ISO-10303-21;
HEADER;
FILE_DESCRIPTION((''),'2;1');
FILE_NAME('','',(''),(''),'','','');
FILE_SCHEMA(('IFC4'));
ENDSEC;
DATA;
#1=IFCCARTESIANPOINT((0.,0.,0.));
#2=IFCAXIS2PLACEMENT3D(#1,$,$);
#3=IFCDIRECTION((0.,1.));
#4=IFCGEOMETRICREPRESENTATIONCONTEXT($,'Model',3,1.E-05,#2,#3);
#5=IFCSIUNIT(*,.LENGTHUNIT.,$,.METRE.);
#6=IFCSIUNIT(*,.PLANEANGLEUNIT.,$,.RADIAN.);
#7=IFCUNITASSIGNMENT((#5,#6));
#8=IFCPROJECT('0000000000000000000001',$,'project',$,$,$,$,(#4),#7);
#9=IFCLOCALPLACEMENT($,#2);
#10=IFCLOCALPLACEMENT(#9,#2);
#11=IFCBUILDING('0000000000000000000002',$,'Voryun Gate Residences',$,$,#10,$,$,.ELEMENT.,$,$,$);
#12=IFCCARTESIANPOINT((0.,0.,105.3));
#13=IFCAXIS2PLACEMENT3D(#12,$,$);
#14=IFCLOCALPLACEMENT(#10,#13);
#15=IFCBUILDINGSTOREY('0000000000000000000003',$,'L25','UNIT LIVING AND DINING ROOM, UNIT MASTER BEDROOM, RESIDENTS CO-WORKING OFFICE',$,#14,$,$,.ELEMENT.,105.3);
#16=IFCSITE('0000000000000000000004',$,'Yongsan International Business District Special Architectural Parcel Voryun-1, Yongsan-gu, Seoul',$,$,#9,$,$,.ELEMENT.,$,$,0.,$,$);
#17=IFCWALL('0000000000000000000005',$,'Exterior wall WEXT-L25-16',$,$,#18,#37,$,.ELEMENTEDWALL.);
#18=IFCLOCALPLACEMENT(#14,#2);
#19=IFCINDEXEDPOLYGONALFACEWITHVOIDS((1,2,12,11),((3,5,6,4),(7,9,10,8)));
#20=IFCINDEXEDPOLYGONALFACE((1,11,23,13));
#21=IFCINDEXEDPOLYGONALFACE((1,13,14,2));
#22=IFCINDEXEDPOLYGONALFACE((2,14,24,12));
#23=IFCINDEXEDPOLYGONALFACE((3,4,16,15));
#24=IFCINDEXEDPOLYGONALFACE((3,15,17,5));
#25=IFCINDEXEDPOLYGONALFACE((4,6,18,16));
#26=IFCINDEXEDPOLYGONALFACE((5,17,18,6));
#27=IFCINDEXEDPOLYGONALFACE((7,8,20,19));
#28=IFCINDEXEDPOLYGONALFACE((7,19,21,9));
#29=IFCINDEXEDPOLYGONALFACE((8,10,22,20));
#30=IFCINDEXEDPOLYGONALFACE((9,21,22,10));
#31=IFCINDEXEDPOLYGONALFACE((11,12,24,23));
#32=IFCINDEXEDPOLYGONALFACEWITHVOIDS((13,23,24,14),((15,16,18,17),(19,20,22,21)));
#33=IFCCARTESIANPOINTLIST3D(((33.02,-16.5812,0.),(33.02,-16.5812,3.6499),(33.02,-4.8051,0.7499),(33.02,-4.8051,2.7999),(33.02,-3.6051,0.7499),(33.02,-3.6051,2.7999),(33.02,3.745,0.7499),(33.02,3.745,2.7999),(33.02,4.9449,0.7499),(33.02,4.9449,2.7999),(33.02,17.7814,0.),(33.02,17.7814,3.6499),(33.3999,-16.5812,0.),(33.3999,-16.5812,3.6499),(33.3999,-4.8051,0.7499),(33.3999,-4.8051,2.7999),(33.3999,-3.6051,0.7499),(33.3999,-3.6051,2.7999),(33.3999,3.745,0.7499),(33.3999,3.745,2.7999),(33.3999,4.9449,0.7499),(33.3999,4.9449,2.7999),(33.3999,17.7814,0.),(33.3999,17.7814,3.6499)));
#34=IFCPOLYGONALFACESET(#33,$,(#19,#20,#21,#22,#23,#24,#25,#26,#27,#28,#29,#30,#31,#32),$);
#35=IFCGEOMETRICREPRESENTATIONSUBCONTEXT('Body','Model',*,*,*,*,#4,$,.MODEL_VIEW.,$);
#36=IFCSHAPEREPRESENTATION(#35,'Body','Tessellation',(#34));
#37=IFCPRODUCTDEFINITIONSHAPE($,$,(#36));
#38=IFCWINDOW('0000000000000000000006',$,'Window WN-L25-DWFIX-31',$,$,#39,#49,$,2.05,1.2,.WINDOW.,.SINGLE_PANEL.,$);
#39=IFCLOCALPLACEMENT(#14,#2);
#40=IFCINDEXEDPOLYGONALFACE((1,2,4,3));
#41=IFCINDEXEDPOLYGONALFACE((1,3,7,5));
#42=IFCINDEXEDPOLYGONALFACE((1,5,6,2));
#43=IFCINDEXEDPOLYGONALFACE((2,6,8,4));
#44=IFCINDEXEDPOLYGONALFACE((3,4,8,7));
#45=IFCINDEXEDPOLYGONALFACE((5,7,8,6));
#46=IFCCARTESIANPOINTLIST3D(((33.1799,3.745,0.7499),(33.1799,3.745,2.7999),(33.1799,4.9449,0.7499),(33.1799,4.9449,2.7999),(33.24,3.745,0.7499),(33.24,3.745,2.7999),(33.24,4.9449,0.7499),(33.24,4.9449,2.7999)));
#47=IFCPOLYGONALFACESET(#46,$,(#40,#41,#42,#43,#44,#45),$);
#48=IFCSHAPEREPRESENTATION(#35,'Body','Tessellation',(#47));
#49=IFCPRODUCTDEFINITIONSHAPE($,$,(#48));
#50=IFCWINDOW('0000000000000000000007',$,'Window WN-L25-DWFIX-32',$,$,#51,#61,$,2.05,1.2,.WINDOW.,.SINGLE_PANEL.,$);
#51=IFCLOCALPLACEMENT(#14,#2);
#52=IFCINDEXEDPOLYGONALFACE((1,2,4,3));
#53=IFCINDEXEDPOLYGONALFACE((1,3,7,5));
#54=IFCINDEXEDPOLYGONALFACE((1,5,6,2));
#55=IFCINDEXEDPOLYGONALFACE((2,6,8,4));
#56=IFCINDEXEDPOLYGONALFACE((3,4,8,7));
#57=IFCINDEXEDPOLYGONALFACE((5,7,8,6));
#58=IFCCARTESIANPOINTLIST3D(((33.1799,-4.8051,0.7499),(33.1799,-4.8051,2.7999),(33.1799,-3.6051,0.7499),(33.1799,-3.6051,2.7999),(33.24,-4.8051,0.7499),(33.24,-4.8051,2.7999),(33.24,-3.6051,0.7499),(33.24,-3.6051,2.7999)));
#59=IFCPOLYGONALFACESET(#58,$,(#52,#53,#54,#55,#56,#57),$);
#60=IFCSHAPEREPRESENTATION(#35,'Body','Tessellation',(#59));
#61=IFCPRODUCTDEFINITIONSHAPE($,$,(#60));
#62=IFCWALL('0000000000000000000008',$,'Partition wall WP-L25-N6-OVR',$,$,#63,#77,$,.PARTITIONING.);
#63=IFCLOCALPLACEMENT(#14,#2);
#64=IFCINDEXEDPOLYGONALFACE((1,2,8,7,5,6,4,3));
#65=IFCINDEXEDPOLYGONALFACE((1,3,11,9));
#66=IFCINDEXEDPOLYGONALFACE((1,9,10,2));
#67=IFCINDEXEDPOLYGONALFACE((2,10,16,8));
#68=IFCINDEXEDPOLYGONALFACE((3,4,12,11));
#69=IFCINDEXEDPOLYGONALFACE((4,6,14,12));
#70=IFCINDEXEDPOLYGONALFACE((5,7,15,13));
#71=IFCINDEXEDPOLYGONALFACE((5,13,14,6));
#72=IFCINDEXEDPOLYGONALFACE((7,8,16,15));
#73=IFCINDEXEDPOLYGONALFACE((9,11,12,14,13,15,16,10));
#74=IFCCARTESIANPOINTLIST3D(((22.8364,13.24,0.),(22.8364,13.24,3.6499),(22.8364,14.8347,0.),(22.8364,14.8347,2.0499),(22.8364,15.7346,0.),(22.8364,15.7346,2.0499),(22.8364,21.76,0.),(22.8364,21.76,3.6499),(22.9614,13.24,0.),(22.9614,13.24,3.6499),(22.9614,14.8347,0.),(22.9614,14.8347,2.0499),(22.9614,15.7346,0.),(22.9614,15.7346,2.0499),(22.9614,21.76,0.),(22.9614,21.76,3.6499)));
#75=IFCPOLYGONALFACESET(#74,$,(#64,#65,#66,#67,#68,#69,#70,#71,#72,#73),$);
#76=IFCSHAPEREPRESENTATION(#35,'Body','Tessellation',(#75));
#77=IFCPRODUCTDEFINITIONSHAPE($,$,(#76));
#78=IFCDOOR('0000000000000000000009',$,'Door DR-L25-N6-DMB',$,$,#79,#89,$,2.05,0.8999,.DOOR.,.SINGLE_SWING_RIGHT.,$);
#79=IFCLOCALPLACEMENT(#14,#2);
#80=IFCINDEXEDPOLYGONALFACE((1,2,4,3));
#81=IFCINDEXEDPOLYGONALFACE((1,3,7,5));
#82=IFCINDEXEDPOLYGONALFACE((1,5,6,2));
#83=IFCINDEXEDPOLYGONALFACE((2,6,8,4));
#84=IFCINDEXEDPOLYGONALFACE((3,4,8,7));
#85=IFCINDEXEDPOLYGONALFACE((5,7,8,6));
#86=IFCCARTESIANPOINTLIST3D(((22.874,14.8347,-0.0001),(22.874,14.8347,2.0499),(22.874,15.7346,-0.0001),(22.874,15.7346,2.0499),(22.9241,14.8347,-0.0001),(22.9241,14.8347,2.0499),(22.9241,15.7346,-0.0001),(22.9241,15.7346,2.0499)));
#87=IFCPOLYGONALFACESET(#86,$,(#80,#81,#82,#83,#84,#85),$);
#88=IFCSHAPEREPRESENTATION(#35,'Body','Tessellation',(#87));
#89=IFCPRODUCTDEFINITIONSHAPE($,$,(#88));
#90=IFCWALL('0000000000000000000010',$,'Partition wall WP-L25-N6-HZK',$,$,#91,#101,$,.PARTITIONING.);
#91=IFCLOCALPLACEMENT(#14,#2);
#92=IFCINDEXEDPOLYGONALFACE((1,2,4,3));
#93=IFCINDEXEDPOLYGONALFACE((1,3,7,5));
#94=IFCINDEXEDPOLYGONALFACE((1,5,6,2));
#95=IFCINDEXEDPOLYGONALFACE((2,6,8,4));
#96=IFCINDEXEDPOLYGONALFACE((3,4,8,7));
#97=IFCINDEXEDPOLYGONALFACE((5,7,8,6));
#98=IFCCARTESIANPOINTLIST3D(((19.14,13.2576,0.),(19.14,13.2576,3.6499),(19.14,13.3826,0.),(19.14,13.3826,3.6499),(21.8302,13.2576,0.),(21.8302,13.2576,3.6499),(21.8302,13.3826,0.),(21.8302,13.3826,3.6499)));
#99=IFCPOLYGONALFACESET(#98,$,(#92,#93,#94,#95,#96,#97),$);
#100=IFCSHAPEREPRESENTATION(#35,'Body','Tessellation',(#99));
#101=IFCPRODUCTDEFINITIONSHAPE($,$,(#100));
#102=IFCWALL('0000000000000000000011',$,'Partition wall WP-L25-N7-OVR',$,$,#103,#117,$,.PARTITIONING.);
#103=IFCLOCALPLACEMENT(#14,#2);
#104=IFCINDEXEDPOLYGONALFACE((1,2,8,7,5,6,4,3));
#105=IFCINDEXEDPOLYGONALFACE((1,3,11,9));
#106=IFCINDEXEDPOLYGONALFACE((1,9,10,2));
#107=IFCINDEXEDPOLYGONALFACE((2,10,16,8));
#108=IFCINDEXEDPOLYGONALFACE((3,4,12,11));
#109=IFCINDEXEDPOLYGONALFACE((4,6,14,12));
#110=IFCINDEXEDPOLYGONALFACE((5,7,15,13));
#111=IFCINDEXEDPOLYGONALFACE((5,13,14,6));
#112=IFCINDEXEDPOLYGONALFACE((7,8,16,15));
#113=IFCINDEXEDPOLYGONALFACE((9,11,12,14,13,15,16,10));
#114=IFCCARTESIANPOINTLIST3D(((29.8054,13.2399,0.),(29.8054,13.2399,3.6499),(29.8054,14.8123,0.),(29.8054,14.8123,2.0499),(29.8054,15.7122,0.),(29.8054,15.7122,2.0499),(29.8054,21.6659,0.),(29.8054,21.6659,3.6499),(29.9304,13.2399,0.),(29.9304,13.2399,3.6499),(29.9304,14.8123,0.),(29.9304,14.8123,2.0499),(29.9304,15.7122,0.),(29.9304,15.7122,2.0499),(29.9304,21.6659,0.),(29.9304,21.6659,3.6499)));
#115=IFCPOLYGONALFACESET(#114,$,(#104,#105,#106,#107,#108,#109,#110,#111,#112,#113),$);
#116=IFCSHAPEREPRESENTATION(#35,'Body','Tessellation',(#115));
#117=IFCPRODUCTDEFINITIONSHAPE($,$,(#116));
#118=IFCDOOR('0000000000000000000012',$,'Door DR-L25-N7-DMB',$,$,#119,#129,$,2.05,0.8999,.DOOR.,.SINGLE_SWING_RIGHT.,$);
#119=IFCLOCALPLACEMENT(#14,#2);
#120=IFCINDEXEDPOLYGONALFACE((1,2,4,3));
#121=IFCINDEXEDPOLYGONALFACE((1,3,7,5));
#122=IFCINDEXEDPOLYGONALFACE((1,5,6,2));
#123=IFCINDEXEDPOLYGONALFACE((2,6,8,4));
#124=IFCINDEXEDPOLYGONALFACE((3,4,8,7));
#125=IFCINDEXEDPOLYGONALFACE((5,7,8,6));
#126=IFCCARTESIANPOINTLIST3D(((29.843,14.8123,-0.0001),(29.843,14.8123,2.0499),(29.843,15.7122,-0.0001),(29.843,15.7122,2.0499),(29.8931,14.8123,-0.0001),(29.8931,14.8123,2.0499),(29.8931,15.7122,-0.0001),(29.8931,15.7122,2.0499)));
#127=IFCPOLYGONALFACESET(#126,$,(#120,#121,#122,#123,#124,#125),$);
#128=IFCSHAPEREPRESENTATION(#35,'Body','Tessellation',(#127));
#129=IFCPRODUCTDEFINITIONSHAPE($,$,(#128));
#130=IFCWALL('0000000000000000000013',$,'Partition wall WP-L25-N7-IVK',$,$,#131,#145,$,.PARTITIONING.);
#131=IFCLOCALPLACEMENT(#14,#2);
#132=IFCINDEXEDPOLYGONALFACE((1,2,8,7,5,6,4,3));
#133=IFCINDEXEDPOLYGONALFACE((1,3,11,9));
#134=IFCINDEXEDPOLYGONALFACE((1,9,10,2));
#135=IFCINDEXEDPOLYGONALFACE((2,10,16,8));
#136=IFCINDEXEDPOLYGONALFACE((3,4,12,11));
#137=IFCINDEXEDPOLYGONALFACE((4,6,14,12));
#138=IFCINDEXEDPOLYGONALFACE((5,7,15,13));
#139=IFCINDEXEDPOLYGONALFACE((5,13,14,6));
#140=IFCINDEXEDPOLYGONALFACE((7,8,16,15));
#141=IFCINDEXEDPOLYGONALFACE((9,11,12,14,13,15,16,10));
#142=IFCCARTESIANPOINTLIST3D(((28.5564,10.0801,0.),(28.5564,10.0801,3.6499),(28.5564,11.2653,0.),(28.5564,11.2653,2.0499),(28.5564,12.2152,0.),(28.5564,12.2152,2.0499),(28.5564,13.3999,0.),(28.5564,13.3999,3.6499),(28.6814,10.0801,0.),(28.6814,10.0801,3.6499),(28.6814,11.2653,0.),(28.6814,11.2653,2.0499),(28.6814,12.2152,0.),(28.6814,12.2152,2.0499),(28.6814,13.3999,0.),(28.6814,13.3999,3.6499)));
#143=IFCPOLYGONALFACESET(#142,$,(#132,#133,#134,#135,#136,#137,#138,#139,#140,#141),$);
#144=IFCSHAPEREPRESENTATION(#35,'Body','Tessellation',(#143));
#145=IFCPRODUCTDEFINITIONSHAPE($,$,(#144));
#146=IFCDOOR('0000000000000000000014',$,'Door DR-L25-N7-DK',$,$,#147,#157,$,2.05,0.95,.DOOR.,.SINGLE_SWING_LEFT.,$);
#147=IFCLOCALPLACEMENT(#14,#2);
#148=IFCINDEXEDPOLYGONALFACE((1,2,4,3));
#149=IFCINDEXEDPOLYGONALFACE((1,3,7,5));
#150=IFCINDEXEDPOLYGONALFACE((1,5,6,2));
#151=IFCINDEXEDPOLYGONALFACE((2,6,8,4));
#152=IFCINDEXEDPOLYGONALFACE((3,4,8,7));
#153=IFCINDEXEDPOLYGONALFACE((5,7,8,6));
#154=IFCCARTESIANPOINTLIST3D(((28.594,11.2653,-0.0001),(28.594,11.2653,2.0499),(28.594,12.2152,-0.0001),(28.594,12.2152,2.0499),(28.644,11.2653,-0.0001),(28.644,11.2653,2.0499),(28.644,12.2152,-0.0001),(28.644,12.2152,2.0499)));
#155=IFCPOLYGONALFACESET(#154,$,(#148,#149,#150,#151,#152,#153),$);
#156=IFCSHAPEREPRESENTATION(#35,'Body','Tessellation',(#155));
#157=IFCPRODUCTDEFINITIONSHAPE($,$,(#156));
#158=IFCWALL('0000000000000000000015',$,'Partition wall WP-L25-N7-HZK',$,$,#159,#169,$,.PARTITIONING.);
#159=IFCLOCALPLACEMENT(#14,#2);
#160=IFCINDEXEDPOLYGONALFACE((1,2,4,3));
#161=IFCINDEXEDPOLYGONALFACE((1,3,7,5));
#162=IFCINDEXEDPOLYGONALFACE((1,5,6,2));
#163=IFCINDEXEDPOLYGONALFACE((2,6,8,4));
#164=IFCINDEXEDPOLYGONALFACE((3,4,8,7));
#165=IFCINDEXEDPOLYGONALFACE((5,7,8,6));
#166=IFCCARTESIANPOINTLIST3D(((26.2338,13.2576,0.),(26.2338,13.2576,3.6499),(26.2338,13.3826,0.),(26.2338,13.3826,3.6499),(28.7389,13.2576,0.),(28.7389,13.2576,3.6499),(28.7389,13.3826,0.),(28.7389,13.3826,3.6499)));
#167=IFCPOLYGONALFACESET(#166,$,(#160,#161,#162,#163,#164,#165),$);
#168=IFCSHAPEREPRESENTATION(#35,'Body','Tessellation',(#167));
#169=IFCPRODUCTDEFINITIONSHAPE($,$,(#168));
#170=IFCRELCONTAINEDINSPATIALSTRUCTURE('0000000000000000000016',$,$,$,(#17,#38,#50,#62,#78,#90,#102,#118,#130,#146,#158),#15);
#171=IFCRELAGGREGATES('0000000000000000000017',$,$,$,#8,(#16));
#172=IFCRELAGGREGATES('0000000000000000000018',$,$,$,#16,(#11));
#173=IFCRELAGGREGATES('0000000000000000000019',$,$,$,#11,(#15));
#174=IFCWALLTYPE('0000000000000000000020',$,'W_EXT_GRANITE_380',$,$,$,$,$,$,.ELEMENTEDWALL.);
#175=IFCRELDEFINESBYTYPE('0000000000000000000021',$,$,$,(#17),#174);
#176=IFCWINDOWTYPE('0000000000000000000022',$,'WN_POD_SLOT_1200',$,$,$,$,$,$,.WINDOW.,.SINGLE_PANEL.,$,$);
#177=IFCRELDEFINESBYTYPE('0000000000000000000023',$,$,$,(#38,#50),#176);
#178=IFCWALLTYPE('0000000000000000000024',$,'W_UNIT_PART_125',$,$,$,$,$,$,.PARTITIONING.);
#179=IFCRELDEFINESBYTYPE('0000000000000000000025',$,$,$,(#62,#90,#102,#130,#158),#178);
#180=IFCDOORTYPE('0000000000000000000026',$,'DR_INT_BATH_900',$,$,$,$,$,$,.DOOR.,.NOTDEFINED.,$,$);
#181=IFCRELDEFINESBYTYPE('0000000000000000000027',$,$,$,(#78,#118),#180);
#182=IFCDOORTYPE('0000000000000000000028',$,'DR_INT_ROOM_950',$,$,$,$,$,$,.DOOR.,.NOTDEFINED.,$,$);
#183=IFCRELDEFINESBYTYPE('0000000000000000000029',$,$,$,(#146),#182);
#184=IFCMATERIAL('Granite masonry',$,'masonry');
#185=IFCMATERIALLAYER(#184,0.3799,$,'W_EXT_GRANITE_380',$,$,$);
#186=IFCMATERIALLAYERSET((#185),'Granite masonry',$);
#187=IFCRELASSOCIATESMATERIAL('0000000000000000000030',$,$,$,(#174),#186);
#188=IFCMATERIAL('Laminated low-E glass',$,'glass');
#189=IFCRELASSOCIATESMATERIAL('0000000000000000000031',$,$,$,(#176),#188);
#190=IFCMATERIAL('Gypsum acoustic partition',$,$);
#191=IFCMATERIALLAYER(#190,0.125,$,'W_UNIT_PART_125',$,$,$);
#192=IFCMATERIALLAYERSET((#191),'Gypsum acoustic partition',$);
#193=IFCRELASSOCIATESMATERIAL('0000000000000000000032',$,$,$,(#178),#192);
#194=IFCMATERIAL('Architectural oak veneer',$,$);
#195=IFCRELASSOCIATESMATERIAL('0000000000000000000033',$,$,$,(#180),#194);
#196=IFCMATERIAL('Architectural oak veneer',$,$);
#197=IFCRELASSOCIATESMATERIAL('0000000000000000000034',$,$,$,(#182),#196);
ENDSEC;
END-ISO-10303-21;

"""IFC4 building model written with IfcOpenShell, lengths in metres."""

from ifc_helpers import new_model, si_unit, direction, frame, frame_2d, origin, place, context, subcontext, project, spatial, rectangle, extrude, material, layer, layer_set, type_object, element, fill, save


model = new_model("IFC4")

# Units and contexts
model_context = context("Model", 3, precision=1e-05, world=origin(), true_north=direction((0.0, 1.0)))
body_context = subcontext(model_context, "Body", "Model", "MODEL_VIEW")
ifc_project = project(units=[si_unit("LENGTHUNIT", "METRE"), si_unit("PLANEANGLEUNIT", "RADIAN")], contexts=[model_context])

# Site, building, storey
site_placement = place(None, origin())
site = spatial("IfcSite", under=ifc_project, at=site_placement, Name="Yongsan International Business District Special Architectural Parcel Voryun-1, Yongsan-gu, Seoul", CompositionType="ELEMENT", RefElevation=0.0)
building_placement = place(site_placement, origin())
building = spatial("IfcBuilding", under=site, at=building_placement, Name="Voryun Gate Residences", CompositionType="ELEMENT")
storey_placement = place(building_placement, frame((0.0, 0.0, 105.3)))
storey = spatial("IfcBuildingStorey", under=building, at=storey_placement, Name="L25", Description="UNIT LIVING AND DINING ROOM, UNIT MASTER BEDROOM, RESIDENTS CO-WORKING OFFICE", CompositionType="ELEMENT", Elevation=105.3)

# Shared definitions
ifc_material_1 = material(Name="Granite masonry", Category="masonry")
ifc_layer_1 = layer(ifc_material_1, 0.3799, Name="W_EXT_GRANITE_380")
ifc_layer_set_1 = layer_set([ifc_layer_1], Name="Granite masonry")
wall_type_1 = type_object("IfcWallType", Name="W_EXT_GRANITE_380", PredefinedType="ELEMENTEDWALL", material=ifc_layer_set_1)

# Wall, openings, windows
wall_1_placement = place(storey_placement, frame((33.21, 17.7812, 0.0), z_axis=(0.0, 0.0, 1.0), x_axis=(0.0, -1.0, 0.0)))
wall_1 = element("IfcWall", 1, at=wall_1_placement, inside=storey, type_object=wall_type_1, Name="Exterior wall WEXT-L25-16", PredefinedType="ELEMENTEDWALL", context=body_context, shape_type="SweptSolid", body=[
    extrude(rectangle(XDim=34.3625, YDim=0.3799, at=frame_2d((17.1812, 0.0))), origin(), (0.0, 0.0, 1.0), 3.6499),
])
opening_1_placement = place(wall_1_placement, frame((12.8362, 0.0, 0.75)))
opening_1 = element("IfcOpeningElement", 2, at=opening_1_placement, cuts=wall_1, PredefinedType="OPENING", context=body_context, shape_type="SweptSolid", body=[
    extrude(rectangle(XDim=1.2, YDim=2.05, at=frame_2d((0.6001, 1.0249))), frame((0.0, 0.2, 0.0), z_axis=(0.0, -1.0, 0.0), x_axis=(1.0, 0.0, 0.0)), (0.0, 0.0, 1.0), 0.3999),
])
opening_2_placement = place(wall_1_placement, frame((21.3862, 0.0, 0.75)))
opening_2 = element("IfcOpeningElement", 3, at=opening_2_placement, cuts=wall_1, PredefinedType="OPENING", context=body_context, shape_type="SweptSolid", body=[
    extrude(rectangle(XDim=1.2, YDim=2.05, at=frame_2d((0.6001, 1.0249))), frame((0.0, 0.2, 0.0), z_axis=(0.0, -1.0, 0.0), x_axis=(1.0, 0.0, 0.0)), (0.0, 0.0, 1.0), 0.3999),
])
ifc_material_2 = material(Name="Laminated low-E glass", Category="glass")
window_type_1 = type_object("IfcWindowType", Name="WN_POD_SLOT_1200", PartitioningType="SINGLE_PANEL", PredefinedType="WINDOW", material=ifc_material_2)
window_1_placement = place(opening_1_placement, origin())
window_1 = element("IfcWindow", 4, at=window_1_placement, inside=storey, type_object=window_type_1, Name="Window WN-L25-DWFIX-31", OverallHeight=2.05, OverallWidth=1.2, PartitioningType="SINGLE_PANEL", PredefinedType="WINDOW", context=body_context, shape_type="SweptSolid", body=[
    extrude(rectangle(XDim=1.2, YDim=2.05, at=frame_2d((0.6001, 1.0249))), frame((0.0, 0.03, 0.0), z_axis=(0.0, -1.0, 0.0), x_axis=(1.0, 0.0, 0.0)), (0.0, 0.0, 1.0), 0.0601),
])
fill(opening_1, window_1)
window_2_placement = place(opening_2_placement, origin())
window_2 = element("IfcWindow", 5, at=window_2_placement, inside=storey, type_object=window_type_1, Name="Window WN-L25-DWFIX-32", OverallHeight=2.05, OverallWidth=1.2, PartitioningType="SINGLE_PANEL", PredefinedType="WINDOW", context=body_context, shape_type="SweptSolid", body=[
    extrude(rectangle(XDim=1.2, YDim=2.05, at=frame_2d((0.6001, 1.0249))), frame((0.0, 0.03, 0.0), z_axis=(0.0, -1.0, 0.0), x_axis=(1.0, 0.0, 0.0)), (0.0, 0.0, 1.0), 0.0601),
])
fill(opening_2, window_2)

# Wall, opening, door
ifc_material_3 = material(Name="Gypsum acoustic partition")
ifc_layer_2 = layer(ifc_material_3, 0.125, Name="W_UNIT_PART_125")
ifc_layer_set_2 = layer_set([ifc_layer_2], Name="Gypsum acoustic partition")
wall_type_2 = type_object("IfcWallType", Name="W_UNIT_PART_125", PredefinedType="PARTITIONING", material=ifc_layer_set_2)
wall_2_placement = place(storey_placement, frame((22.8989, 13.24, 0.0), z_axis=(0.0, 0.0, 1.0), x_axis=(0.0, 1.0, 0.0)))
wall_2 = element("IfcWall", 6, at=wall_2_placement, inside=storey, type_object=wall_type_2, Name="Partition wall WP-L25-N6-OVR", PredefinedType="PARTITIONING", context=body_context, shape_type="SweptSolid", body=[
    extrude(rectangle(XDim=8.52, YDim=0.125, at=frame_2d((4.26, 0.0))), origin(), (0.0, 0.0, 1.0), 3.6499),
])
opening_3_placement = place(wall_2_placement, frame((1.5947, 0.0, 0.0)))
opening_3 = element("IfcOpeningElement", 7, at=opening_3_placement, cuts=wall_2, PredefinedType="OPENING", context=body_context, shape_type="SweptSolid", body=[
    extrude(rectangle(XDim=0.8999, YDim=2.05, at=frame_2d((0.45, 1.0249))), frame((0.0, 0.0725, 0.0), z_axis=(0.0, -1.0, 0.0), x_axis=(1.0, 0.0, 0.0)), (0.0, 0.0, 1.0), 0.145),
])
ifc_material_4 = material(Name="Architectural oak veneer")
door_type_1 = type_object("IfcDoorType", Name="DR_INT_BATH_900", OperationType="NOTDEFINED", PredefinedType="DOOR", material=ifc_material_4)
door_1_placement = place(opening_3_placement, origin())
door_1 = element("IfcDoor", 8, at=door_1_placement, inside=storey, type_object=door_type_1, Name="Door DR-L25-N6-DMB", OperationType="SINGLE_SWING_RIGHT", OverallHeight=2.05, OverallWidth=0.8999, PredefinedType="DOOR", context=body_context, shape_type="SweptSolid", body=[
    extrude(rectangle(XDim=0.8999, YDim=2.05, at=frame_2d((0.45, 1.0249))), frame((0.0, 0.0249, 0.0), z_axis=(0.0, -1.0, 0.0), x_axis=(1.0, 0.0, 0.0)), (0.0, 0.0, 1.0), 0.05),
])
fill(opening_3, door_1)

# Wall
wall_3_placement = place(storey_placement, frame((19.1399, 13.3201, 0.0), z_axis=(0.0, 0.0, 1.0), x_axis=(1.0, 0.0, 0.0)))
element("IfcWall", 9, at=wall_3_placement, inside=storey, type_object=wall_type_2, Name="Partition wall WP-L25-N6-HZK", PredefinedType="PARTITIONING", context=body_context, shape_type="SweptSolid", body=[
    extrude(rectangle(XDim=2.6902, YDim=0.125, at=frame_2d((1.3452, 0.0))), origin(), (0.0, 0.0, 1.0), 3.6499),
])

# Walls, openings, doors
wall_4_placement = place(storey_placement, frame((29.8679, 13.24, 0.0), z_axis=(0.0, 0.0, 1.0), x_axis=(0.0, 1.0, 0.0)))
wall_4 = element("IfcWall", 10, at=wall_4_placement, inside=storey, type_object=wall_type_2, Name="Partition wall WP-L25-N7-OVR", PredefinedType="PARTITIONING", context=body_context, shape_type="SweptSolid", body=[
    extrude(rectangle(XDim=8.426, YDim=0.125, at=frame_2d((4.2129, 0.0))), origin(), (0.0, 0.0, 1.0), 3.6499),
])
opening_4_placement = place(wall_4_placement, frame((1.5723, 0.0, 0.0)))
opening_4 = element("IfcOpeningElement", 11, at=opening_4_placement, cuts=wall_4, PredefinedType="OPENING", context=body_context, shape_type="SweptSolid", body=[
    extrude(rectangle(XDim=0.8999, YDim=2.05, at=frame_2d((0.45, 1.0249))), frame((0.0, 0.0725, 0.0), z_axis=(0.0, -1.0, 0.0), x_axis=(1.0, 0.0, 0.0)), (0.0, 0.0, 1.0), 0.145),
])
door_2_placement = place(opening_4_placement, origin())
door_2 = element("IfcDoor", 12, at=door_2_placement, inside=storey, type_object=door_type_1, Name="Door DR-L25-N7-DMB", OperationType="SINGLE_SWING_RIGHT", OverallHeight=2.05, OverallWidth=0.8999, PredefinedType="DOOR", context=body_context, shape_type="SweptSolid", body=[
    extrude(rectangle(XDim=0.8999, YDim=2.05, at=frame_2d((0.45, 1.0249))), frame((0.0, 0.0249, 0.0), z_axis=(0.0, -1.0, 0.0), x_axis=(1.0, 0.0, 0.0)), (0.0, 0.0, 1.0), 0.05),
])
fill(opening_4, door_2)
wall_5_placement = place(storey_placement, frame((28.6189, 10.0801, 0.0), z_axis=(0.0, 0.0, 1.0), x_axis=(0.0, 1.0, 0.0)))
wall_5 = element("IfcWall", 13, at=wall_5_placement, inside=storey, type_object=wall_type_2, Name="Partition wall WP-L25-N7-IVK", PredefinedType="PARTITIONING", context=body_context, shape_type="SweptSolid", body=[
    extrude(rectangle(XDim=3.3198, YDim=0.125, at=frame_2d((1.6599, 0.0))), origin(), (0.0, 0.0, 1.0), 3.6499),
])
opening_5_placement = place(wall_5_placement, frame((1.1851, 0.0, 0.0)))
opening_5 = element("IfcOpeningElement", 14, at=opening_5_placement, cuts=wall_5, PredefinedType="OPENING", context=body_context, shape_type="SweptSolid", body=[
    extrude(rectangle(XDim=0.95, YDim=2.05, at=frame_2d((0.4751, 1.0249))), frame((0.0, 0.0725, 0.0), z_axis=(0.0, -1.0, 0.0), x_axis=(1.0, 0.0, 0.0)), (0.0, 0.0, 1.0), 0.145),
])
ifc_material_5 = material(Name="Architectural oak veneer")
door_type_2 = type_object("IfcDoorType", Name="DR_INT_ROOM_950", OperationType="NOTDEFINED", PredefinedType="DOOR", material=ifc_material_5)
door_3_placement = place(opening_5_placement, origin())
door_3 = element("IfcDoor", 15, at=door_3_placement, inside=storey, type_object=door_type_2, Name="Door DR-L25-N7-DK", OperationType="SINGLE_SWING_LEFT", OverallHeight=2.05, OverallWidth=0.95, PredefinedType="DOOR", context=body_context, shape_type="SweptSolid", body=[
    extrude(rectangle(XDim=0.95, YDim=2.05, at=frame_2d((0.4751, 1.0249))), frame((0.0, 0.0249, 0.0), z_axis=(0.0, -1.0, 0.0), x_axis=(1.0, 0.0, 0.0)), (0.0, 0.0, 1.0), 0.05),
])
fill(opening_5, door_3)

# Wall
wall_6_placement = place(storey_placement, frame((26.2339, 13.3201, 0.0), z_axis=(0.0, 0.0, 1.0), x_axis=(1.0, 0.0, 0.0)))
element("IfcWall", 16, at=wall_6_placement, inside=storey, type_object=wall_type_2, Name="Partition wall WP-L25-N7-HZK", PredefinedType="PARTITIONING", context=body_context, shape_type="SweptSolid", body=[
    extrude(rectangle(XDim=2.5051, YDim=0.125, at=frame_2d((1.2524, 0.0))), origin(), (0.0, 0.0, 1.0), 3.6499),
])

save(model, "model.ifc")
